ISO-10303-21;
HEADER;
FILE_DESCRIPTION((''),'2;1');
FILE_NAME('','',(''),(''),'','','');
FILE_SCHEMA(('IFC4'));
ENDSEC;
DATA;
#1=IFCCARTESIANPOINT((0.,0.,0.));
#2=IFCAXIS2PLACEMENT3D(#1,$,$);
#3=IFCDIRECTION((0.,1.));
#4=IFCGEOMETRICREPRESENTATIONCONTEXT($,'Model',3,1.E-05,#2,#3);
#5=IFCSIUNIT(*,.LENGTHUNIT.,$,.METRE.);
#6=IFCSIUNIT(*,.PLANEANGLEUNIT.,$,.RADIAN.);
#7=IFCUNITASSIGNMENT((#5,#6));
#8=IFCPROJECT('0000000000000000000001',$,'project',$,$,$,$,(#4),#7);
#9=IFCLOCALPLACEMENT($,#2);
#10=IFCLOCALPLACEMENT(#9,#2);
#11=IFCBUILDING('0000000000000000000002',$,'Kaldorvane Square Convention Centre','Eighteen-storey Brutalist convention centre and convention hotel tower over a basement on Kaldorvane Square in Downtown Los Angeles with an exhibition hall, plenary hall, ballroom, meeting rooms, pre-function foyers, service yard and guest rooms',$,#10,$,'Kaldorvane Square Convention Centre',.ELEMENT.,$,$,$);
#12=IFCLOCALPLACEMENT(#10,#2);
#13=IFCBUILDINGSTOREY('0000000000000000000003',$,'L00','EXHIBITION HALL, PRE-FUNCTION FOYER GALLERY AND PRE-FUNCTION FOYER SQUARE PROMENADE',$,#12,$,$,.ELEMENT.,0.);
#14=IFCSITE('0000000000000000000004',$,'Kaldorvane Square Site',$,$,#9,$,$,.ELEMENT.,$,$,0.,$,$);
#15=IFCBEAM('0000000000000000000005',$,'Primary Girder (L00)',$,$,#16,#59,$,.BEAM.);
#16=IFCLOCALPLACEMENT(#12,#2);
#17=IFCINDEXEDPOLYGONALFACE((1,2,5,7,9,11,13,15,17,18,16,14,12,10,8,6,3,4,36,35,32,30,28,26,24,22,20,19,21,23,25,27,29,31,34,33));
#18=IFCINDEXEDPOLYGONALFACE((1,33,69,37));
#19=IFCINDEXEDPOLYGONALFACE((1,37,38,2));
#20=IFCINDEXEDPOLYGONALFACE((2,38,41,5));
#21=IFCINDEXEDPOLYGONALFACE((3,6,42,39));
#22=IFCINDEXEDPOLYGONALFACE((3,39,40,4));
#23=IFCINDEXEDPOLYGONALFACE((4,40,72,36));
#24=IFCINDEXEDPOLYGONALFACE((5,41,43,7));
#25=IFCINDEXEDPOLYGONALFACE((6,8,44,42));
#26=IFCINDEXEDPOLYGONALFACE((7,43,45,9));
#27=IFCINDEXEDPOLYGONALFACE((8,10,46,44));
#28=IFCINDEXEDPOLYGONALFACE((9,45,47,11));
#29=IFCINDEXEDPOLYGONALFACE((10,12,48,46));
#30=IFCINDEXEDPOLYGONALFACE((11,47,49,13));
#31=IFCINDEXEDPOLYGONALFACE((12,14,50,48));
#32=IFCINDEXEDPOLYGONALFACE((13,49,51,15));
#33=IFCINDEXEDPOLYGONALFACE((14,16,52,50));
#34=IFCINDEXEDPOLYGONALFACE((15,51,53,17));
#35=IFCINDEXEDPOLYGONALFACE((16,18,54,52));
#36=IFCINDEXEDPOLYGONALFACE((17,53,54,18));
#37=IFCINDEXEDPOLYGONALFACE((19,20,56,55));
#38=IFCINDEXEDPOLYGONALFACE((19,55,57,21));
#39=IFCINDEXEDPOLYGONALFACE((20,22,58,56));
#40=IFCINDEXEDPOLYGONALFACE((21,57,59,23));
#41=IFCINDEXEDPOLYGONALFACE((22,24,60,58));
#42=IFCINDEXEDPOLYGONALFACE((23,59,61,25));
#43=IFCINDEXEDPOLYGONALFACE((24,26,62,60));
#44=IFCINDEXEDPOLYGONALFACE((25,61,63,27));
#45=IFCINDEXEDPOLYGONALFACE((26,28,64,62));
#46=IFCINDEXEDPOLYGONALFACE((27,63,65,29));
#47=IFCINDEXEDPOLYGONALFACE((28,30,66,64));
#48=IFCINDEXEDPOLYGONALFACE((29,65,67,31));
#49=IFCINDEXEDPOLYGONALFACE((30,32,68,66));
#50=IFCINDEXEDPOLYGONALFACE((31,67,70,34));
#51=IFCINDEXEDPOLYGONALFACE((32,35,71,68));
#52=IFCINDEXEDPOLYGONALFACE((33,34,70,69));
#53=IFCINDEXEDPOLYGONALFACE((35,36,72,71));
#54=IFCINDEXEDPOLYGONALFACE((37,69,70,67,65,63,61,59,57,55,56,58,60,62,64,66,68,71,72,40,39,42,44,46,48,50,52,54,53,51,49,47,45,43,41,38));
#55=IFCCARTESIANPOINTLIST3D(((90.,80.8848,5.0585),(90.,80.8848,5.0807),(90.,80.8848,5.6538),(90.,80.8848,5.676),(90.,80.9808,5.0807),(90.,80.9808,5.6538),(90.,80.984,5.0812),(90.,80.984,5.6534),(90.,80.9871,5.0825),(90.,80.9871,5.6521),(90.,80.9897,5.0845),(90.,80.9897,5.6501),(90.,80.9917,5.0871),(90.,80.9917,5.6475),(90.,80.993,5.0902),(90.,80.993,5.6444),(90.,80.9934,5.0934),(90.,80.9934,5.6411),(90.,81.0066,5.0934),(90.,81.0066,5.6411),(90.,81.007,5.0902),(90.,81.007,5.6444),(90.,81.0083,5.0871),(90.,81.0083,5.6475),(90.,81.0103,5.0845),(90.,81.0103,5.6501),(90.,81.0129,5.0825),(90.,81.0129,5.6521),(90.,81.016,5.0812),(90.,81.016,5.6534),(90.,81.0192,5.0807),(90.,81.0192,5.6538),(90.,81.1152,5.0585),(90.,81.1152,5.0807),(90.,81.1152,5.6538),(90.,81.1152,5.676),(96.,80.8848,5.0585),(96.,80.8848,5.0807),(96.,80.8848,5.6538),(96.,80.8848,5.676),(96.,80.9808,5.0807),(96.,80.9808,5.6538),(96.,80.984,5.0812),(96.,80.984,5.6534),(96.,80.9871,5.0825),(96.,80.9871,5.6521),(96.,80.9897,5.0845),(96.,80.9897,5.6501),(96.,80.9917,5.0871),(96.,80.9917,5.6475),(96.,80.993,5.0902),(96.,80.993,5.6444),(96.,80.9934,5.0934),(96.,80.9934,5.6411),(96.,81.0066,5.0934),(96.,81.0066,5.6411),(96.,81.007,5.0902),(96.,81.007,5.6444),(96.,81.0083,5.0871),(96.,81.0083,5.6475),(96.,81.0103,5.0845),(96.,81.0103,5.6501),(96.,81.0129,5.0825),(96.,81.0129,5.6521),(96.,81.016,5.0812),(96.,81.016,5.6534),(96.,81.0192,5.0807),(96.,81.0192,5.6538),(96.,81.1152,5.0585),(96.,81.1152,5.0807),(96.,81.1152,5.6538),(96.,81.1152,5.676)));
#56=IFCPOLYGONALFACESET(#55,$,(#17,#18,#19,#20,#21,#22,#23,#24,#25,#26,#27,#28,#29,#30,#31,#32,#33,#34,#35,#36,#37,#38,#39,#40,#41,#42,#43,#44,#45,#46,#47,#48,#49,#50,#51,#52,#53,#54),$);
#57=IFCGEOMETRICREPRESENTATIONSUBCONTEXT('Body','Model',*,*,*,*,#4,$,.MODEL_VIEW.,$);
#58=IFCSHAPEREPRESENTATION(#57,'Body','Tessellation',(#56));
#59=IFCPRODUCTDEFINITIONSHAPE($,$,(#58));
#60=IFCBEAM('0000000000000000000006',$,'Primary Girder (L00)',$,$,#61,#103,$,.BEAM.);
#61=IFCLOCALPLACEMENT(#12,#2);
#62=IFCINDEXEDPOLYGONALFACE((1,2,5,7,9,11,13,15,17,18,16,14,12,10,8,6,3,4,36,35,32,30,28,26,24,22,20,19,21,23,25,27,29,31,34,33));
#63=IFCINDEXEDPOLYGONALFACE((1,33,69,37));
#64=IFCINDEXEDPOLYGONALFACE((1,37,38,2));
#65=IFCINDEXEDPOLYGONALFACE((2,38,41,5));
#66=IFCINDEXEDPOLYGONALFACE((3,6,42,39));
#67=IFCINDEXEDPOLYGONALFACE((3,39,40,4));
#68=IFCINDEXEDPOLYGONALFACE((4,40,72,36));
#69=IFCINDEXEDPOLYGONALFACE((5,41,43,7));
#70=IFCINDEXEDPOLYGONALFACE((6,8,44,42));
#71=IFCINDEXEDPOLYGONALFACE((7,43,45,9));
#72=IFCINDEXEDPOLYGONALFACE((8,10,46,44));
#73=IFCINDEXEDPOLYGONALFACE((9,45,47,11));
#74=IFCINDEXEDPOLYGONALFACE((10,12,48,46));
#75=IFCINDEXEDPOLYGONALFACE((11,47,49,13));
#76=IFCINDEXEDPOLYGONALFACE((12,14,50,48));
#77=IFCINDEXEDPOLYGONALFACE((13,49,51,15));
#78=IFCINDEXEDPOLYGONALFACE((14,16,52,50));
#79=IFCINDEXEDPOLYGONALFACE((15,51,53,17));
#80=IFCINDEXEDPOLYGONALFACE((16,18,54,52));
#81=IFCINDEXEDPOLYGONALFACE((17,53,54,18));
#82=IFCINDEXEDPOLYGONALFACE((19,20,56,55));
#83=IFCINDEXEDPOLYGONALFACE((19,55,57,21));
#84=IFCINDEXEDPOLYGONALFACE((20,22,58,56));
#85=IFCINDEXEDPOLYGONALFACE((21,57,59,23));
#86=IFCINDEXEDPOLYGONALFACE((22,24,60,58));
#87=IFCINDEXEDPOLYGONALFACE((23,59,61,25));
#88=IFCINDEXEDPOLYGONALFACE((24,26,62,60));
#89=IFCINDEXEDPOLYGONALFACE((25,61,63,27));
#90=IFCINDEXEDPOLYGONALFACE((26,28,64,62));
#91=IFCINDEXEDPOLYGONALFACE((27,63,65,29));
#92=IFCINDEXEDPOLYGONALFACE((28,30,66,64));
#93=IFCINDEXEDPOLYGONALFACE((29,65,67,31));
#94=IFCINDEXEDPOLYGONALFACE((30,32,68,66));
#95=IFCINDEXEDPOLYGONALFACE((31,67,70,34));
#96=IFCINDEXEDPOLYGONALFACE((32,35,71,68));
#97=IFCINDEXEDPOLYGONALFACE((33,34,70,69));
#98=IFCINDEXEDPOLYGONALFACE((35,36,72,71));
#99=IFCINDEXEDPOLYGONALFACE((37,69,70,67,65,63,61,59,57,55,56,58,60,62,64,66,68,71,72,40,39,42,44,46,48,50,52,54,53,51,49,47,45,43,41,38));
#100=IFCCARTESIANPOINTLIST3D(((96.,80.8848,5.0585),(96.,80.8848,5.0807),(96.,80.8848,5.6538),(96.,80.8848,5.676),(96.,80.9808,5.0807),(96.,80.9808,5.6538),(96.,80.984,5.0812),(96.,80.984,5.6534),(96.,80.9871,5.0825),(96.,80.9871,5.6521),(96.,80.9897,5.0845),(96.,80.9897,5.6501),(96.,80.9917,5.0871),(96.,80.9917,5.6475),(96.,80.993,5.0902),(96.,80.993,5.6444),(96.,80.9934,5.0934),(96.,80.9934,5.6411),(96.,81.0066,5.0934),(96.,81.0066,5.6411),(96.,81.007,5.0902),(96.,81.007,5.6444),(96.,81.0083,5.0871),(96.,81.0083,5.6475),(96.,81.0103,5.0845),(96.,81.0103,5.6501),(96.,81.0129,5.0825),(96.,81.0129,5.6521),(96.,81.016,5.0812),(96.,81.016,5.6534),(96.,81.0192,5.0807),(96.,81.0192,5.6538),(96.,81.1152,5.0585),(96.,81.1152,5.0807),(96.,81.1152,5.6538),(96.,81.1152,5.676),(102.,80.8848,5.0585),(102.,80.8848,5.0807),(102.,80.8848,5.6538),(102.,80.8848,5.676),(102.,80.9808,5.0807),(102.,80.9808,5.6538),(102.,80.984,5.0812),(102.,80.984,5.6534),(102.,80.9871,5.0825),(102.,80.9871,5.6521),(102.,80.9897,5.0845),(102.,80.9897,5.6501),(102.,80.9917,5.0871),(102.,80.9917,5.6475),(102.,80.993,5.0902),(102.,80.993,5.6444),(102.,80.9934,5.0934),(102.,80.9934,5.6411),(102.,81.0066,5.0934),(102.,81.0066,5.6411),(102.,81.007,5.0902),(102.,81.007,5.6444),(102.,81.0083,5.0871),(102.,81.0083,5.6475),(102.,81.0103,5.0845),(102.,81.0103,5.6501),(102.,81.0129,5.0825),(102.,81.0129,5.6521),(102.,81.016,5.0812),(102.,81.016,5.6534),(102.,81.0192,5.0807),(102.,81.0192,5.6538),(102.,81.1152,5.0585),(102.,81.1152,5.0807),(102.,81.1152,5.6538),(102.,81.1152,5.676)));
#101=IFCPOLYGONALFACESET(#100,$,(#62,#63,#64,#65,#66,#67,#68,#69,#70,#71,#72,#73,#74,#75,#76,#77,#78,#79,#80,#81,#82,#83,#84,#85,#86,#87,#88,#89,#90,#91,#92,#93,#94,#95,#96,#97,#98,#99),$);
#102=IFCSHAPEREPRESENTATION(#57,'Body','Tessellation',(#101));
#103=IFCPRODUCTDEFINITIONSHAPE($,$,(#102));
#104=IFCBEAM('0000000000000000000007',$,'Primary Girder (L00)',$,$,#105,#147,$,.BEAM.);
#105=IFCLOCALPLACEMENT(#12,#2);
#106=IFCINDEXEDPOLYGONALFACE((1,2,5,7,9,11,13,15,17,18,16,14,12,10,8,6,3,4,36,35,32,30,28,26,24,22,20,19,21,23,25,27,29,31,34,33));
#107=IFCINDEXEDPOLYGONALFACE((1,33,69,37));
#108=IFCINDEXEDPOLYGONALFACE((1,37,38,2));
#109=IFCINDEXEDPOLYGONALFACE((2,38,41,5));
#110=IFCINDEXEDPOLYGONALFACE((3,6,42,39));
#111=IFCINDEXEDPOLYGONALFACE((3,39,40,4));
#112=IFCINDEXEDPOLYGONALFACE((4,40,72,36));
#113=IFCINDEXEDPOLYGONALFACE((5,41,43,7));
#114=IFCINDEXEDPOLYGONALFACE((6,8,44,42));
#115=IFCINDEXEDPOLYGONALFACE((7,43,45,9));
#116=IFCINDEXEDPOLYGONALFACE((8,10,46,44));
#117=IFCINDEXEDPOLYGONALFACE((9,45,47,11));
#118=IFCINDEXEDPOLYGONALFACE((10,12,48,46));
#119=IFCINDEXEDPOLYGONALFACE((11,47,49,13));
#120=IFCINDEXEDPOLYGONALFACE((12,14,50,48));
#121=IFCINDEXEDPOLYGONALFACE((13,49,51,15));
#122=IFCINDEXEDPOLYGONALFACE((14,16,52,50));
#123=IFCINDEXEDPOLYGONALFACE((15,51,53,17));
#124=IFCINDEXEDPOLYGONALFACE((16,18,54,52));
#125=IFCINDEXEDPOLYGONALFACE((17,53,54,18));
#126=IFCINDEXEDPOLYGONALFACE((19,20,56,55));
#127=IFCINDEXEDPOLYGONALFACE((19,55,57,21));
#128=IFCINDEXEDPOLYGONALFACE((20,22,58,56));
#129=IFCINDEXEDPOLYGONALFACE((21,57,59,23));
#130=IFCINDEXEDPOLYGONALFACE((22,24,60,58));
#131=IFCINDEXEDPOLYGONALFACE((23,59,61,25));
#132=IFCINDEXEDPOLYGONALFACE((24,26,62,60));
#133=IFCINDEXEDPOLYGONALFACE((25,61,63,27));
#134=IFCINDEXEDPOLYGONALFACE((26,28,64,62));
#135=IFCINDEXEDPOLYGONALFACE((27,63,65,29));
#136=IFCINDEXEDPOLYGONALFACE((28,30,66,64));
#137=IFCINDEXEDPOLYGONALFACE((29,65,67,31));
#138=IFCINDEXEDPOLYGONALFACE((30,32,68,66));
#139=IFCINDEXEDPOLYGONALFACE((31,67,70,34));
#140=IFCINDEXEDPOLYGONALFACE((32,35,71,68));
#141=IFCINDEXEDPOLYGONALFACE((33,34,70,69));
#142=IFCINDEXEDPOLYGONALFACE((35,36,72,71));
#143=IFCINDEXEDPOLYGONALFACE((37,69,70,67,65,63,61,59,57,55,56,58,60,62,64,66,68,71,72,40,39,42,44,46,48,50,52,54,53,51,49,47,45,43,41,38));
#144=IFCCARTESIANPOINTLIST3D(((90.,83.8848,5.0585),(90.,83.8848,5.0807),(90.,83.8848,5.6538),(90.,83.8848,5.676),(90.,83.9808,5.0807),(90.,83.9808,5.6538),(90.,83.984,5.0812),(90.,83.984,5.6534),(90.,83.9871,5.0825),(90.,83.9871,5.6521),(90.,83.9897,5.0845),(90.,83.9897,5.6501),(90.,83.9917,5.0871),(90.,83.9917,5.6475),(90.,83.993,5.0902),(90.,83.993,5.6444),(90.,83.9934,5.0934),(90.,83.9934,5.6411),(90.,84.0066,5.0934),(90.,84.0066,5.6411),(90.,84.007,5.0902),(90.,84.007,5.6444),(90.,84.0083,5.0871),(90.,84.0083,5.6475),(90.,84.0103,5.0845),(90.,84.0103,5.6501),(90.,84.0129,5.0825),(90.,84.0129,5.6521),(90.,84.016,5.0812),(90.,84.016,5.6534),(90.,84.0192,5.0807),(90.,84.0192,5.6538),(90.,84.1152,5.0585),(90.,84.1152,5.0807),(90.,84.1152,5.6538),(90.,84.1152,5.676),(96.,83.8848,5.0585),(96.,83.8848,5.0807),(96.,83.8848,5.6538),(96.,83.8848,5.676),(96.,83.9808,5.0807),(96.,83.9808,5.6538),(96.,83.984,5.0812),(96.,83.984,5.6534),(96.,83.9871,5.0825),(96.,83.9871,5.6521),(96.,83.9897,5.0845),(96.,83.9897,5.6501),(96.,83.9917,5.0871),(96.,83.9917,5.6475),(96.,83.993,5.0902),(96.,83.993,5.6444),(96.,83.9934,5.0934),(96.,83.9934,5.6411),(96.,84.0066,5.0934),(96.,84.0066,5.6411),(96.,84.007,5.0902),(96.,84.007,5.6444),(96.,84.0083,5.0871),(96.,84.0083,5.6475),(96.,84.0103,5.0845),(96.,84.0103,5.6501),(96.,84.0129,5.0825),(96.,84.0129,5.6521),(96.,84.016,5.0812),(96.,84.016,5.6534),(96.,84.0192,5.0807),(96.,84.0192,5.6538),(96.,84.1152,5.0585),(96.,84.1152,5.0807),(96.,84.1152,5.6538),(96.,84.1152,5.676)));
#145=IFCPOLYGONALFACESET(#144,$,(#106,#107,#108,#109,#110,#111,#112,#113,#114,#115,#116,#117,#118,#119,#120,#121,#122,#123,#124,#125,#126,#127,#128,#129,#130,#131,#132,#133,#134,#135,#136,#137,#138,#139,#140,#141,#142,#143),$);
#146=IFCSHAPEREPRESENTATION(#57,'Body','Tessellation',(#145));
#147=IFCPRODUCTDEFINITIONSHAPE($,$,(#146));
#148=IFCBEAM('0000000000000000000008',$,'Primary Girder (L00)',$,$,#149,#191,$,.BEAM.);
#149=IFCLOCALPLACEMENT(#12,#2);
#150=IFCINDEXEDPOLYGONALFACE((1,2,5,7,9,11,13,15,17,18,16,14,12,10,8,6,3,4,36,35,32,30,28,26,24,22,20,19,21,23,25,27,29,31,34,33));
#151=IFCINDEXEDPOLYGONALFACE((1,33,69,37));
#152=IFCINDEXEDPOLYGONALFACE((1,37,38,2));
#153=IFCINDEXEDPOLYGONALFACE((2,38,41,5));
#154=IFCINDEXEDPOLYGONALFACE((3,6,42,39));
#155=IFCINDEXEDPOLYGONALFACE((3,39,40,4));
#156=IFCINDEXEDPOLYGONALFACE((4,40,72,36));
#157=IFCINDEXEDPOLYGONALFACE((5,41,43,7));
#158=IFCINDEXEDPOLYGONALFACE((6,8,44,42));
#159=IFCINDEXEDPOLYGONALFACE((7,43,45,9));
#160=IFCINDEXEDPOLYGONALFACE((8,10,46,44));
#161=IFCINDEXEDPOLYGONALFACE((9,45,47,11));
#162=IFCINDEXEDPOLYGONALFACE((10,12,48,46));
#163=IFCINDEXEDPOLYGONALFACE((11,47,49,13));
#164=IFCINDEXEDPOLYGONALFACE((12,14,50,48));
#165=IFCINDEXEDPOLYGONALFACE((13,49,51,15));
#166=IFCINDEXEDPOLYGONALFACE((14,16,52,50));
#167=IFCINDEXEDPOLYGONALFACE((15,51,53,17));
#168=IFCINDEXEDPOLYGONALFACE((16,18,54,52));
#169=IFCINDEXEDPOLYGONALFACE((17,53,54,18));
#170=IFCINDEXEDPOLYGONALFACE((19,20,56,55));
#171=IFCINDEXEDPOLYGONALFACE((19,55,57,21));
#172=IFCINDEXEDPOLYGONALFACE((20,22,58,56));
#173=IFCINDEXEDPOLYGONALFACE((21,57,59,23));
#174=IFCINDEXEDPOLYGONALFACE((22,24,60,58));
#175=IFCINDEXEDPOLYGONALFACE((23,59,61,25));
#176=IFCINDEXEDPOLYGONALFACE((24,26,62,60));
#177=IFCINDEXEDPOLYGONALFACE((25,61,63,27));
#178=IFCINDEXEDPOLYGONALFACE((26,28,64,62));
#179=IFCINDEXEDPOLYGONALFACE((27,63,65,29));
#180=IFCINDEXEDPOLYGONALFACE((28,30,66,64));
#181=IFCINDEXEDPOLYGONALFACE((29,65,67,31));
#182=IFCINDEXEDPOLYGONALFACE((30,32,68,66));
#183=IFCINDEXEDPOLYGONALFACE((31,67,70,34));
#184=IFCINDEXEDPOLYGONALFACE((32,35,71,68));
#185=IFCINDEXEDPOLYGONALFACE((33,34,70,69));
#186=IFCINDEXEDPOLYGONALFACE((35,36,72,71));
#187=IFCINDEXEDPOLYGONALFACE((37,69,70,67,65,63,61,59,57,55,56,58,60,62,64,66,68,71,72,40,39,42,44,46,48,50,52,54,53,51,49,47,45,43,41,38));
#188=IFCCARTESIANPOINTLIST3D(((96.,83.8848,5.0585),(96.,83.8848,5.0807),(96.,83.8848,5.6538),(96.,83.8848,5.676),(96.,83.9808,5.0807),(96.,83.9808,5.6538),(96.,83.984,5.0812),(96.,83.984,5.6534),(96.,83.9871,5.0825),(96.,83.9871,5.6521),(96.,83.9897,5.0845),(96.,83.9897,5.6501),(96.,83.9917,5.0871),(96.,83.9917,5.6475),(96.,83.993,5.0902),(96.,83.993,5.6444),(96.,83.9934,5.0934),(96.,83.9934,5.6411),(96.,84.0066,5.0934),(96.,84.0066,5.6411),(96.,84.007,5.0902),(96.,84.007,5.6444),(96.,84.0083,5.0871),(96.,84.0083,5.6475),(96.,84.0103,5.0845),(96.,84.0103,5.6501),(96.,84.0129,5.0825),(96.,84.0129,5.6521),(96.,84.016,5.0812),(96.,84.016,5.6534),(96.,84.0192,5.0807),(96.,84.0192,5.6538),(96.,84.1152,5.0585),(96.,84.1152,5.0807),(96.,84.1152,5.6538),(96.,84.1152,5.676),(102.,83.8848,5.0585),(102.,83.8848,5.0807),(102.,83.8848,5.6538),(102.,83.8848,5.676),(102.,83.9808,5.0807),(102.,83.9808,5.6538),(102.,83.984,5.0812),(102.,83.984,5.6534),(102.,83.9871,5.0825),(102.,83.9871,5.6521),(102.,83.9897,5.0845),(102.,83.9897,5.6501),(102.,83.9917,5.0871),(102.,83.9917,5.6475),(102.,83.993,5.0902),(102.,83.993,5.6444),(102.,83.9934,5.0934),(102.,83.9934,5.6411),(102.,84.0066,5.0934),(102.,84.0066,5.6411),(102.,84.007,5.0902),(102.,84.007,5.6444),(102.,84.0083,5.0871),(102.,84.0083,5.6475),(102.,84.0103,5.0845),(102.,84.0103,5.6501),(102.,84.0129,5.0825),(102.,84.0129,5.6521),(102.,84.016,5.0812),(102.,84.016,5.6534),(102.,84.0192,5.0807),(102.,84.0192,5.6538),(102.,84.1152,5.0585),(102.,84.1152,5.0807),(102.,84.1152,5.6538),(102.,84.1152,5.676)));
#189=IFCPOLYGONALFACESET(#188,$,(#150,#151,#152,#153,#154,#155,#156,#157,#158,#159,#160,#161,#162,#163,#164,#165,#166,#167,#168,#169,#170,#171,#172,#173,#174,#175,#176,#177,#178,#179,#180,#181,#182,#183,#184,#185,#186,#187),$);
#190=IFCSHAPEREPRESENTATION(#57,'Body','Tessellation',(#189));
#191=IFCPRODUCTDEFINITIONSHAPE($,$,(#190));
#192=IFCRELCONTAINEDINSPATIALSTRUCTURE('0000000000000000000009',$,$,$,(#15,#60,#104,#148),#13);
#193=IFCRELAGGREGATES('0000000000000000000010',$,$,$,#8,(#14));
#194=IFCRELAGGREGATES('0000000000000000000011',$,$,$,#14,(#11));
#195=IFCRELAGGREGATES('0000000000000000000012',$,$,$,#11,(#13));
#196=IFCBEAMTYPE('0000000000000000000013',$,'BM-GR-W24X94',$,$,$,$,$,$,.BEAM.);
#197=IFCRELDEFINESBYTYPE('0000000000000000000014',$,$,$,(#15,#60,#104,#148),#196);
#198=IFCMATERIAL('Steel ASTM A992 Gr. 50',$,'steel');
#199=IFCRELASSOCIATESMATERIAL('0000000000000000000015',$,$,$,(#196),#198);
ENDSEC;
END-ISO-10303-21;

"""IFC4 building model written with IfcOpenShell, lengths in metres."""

from ifc_helpers import new_model, si_unit, direction, frame, origin, origin_2d, place, context, subcontext, project, spatial, i_section, extrude, material, material_profile, profile_set, type_object, element, save


model = new_model("IFC4")

# Units and contexts
model_context = context("Model", 3, precision=1e-05, world=origin(), true_north=direction((0.0, 1.0)))
body_context = subcontext(model_context, "Body", "Model", "MODEL_VIEW")
ifc_project = project(units=[si_unit("LENGTHUNIT", "METRE"), si_unit("PLANEANGLEUNIT", "RADIAN")], contexts=[model_context])

# Site, building, storey
site_placement = place(None, origin())
site = spatial("IfcSite", under=ifc_project, at=site_placement, Name="Kaldorvane Square Site", CompositionType="ELEMENT", RefElevation=0.0)
building_placement = place(site_placement, origin())
building = spatial("IfcBuilding", under=site, at=building_placement, Name="Kaldorvane Square Convention Centre", Description="Eighteen-storey Brutalist convention centre and convention hotel tower over a basement on Kaldorvane Square in Downtown Los Angeles with an exhibition hall, plenary hall, ballroom, meeting rooms, pre-function foyers, service yard and guest rooms", LongName="Kaldorvane Square Convention Centre", CompositionType="ELEMENT")
storey_placement = place(building_placement, origin())
storey = spatial("IfcBuildingStorey", under=building, at=storey_placement, Name="L00", Description="EXHIBITION HALL, PRE-FUNCTION FOYER GALLERY AND PRE-FUNCTION FOYER SQUARE PROMENADE", CompositionType="ELEMENT", Elevation=0.0)

# Shared definitions
ifc_material_1 = material(Name="Steel ASTM A992 Gr. 50", Category="steel")

# Beams
ifc_material_profile_1 = material_profile(ifc_material_1, i_section(OverallWidth=0.2303, OverallDepth=0.6175, WebThickness=0.0131, FlangeThickness=0.0222, FilletRadius=0.0127, at=origin_2d()), Name="W24X94")
ifc_profile_set_1 = profile_set([ifc_material_profile_1], Name="Steel ASTM A992 Gr. 50")
beam_type_1 = type_object("IfcBeamType", Name="BM-GR-W24X94", PredefinedType="BEAM", material=ifc_profile_set_1)
for number, where, z_axis, x_axis, name in (
    (1, (90.0, 81.0, 5.3673), (1.0, 0.0, 0.0), (0.0, 1.0, 0.0), "Primary Girder (L00)"),
    (2, (96.0, 81.0, 5.3673), (1.0, 0.0, 0.0), (0.0, 1.0, 0.0), "Primary Girder (L00)"),
    (3, (90.0, 84.0, 5.3673), (1.0, 0.0, 0.0), (0.0, 1.0, 0.0), "Primary Girder (L00)"),
    (4, (96.0, 84.0, 5.3673), (1.0, 0.0, 0.0), (0.0, 1.0, 0.0), "Primary Girder (L00)"),
):
    element("IfcBeam", number, at=place(storey_placement, frame(where, z_axis=z_axis, x_axis=x_axis)), inside=storey, type_object=beam_type_1, Name=name, PredefinedType="BEAM", context=body_context, shape_type="SweptSolid", body=[
        extrude(i_section(OverallWidth=0.2303, OverallDepth=0.6175, WebThickness=0.0131, FlangeThickness=0.0222, FilletRadius=0.0127, at=origin_2d()), origin(), (0.0, 0.0, 1.0), 6.0),
    ])

save(model, "model.ifc")
